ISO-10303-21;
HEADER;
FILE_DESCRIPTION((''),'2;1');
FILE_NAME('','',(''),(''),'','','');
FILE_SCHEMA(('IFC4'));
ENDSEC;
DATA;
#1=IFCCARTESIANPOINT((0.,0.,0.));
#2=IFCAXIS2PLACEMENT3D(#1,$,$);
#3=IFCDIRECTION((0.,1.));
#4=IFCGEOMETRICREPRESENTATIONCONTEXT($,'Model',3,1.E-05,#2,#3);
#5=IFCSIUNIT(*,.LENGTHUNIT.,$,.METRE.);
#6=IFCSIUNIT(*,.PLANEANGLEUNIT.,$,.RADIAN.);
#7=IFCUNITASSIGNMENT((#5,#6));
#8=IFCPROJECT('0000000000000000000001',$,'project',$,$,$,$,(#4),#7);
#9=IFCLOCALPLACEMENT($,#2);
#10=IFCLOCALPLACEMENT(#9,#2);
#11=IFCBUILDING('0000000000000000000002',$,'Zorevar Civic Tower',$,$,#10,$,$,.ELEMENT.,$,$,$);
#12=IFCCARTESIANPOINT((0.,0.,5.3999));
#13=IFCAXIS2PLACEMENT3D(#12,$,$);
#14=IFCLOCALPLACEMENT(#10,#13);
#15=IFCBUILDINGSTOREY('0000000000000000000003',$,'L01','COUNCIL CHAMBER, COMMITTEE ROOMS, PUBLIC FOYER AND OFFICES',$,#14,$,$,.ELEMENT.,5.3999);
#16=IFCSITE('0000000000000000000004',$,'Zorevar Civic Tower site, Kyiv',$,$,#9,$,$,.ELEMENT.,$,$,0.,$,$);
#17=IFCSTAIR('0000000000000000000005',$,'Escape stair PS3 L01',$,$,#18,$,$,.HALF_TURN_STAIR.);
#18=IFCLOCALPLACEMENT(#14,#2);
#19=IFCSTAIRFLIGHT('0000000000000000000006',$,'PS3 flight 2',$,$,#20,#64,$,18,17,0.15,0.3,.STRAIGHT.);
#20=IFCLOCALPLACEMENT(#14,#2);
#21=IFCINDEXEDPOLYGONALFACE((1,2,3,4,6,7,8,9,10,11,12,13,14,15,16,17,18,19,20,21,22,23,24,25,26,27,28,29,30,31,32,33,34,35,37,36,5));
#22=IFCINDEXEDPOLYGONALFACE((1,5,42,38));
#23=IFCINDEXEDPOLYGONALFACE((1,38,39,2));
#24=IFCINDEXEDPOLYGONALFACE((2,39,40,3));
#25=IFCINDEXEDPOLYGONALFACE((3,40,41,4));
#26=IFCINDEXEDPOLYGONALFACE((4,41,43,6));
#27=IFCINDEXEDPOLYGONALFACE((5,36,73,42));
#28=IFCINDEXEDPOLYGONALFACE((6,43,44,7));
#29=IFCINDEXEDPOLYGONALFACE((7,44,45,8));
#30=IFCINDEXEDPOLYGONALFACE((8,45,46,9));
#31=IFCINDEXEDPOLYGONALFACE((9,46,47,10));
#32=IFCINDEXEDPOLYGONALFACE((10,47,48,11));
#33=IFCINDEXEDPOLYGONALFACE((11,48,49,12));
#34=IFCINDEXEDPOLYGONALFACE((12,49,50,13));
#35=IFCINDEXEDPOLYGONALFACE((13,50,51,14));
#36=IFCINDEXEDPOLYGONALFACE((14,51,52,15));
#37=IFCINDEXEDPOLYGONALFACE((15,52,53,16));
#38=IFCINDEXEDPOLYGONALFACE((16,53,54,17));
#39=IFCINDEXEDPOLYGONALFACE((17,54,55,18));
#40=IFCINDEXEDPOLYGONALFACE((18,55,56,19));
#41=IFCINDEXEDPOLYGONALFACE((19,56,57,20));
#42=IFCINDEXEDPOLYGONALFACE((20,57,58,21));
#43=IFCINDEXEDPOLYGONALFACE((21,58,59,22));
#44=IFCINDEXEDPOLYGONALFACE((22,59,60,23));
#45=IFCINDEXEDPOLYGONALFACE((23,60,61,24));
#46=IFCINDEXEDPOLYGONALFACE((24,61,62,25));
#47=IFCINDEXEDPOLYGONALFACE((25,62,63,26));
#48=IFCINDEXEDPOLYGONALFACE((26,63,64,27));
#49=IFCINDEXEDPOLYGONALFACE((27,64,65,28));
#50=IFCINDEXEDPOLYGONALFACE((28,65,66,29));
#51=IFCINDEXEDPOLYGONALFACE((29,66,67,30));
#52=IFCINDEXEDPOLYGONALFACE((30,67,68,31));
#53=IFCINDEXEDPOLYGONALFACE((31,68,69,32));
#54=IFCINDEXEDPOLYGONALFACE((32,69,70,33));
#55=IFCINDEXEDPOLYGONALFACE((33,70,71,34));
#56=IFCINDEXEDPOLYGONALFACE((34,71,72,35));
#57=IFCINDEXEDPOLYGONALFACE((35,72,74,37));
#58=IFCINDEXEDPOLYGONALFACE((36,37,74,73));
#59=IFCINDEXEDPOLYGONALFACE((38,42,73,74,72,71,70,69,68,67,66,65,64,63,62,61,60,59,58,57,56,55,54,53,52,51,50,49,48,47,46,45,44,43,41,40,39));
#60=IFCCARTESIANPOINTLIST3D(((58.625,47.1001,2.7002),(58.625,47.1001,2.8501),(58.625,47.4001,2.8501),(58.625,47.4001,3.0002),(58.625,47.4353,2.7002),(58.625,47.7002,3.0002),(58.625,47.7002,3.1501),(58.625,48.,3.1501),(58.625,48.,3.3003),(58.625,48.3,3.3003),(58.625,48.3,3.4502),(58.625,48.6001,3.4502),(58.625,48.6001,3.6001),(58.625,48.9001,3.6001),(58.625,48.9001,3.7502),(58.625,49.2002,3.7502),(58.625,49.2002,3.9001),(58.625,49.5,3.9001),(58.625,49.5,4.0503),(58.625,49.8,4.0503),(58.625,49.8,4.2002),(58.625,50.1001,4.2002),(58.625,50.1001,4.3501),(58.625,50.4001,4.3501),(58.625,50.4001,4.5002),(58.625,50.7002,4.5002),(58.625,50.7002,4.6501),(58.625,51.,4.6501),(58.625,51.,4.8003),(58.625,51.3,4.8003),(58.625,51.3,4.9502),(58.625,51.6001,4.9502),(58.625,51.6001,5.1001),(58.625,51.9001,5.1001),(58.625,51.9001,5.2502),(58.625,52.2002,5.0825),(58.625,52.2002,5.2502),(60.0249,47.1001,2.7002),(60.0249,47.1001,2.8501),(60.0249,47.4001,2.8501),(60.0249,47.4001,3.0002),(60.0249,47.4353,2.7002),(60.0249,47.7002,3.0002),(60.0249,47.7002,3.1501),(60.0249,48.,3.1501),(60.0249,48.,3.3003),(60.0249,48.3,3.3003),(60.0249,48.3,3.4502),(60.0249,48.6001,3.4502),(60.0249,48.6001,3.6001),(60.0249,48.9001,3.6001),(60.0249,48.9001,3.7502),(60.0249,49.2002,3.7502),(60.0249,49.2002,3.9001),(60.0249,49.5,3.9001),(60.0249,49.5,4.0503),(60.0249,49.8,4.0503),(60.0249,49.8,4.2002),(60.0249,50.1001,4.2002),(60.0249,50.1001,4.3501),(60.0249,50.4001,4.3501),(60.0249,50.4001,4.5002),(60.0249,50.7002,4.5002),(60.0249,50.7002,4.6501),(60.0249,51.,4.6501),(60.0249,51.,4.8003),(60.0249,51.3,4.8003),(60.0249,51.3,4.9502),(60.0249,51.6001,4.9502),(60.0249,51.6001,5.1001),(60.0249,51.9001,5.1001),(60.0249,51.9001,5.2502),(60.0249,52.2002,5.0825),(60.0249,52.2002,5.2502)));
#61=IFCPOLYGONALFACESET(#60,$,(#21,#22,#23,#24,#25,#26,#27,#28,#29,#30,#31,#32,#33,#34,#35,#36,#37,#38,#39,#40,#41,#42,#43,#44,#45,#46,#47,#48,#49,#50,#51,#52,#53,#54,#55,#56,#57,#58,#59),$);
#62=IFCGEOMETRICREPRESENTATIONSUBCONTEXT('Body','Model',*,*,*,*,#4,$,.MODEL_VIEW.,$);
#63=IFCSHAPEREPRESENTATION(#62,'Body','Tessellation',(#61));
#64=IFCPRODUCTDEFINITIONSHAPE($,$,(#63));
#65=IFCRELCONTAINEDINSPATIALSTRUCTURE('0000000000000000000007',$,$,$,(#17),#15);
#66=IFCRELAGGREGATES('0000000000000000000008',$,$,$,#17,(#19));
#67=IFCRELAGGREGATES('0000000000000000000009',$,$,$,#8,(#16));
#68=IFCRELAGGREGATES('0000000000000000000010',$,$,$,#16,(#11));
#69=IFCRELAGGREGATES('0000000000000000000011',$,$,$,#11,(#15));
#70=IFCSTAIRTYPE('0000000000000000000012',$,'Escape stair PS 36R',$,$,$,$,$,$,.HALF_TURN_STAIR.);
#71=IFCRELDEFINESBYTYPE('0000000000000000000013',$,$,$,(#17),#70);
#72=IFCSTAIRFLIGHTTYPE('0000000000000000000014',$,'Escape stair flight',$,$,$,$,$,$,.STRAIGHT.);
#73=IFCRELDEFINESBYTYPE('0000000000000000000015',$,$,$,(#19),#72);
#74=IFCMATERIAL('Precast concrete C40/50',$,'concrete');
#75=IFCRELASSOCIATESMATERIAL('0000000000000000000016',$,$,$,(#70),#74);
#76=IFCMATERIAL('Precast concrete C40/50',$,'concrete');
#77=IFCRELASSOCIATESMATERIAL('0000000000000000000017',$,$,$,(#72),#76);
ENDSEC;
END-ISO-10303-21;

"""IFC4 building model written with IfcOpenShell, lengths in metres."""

from ifc_helpers import new_model, si_unit, direction, frame, origin, place, context, subcontext, project, spatial, polyline, outline, extrude, material, type_object, element, aggregate, save


model = new_model("IFC4")

# Units and contexts
model_context = context("Model", 3, precision=1e-05, world=origin(), true_north=direction((0.0, 1.0)))
body_context = subcontext(model_context, "Body", "Model", "MODEL_VIEW")
ifc_project = project(units=[si_unit("LENGTHUNIT", "METRE"), si_unit("PLANEANGLEUNIT", "RADIAN")], contexts=[model_context])

# Site, building, storey
site_placement = place(None, origin())
site = spatial("IfcSite", under=ifc_project, at=site_placement, Name="Zorevar Civic Tower site, Kyiv", CompositionType="ELEMENT", RefElevation=0.0)
building_placement = place(site_placement, origin())
building = spatial("IfcBuilding", under=site, at=building_placement, Name="Zorevar Civic Tower", CompositionType="ELEMENT")
storey_placement = place(building_placement, frame((0.0, 0.0, 5.3999)))
storey = spatial("IfcBuildingStorey", under=building, at=storey_placement, Name="L01", Description="COUNCIL CHAMBER, COMMITTEE ROOMS, PUBLIC FOYER AND OFFICES", CompositionType="ELEMENT", Elevation=5.3999)

# Stair, stair flight
ifc_material_1 = material(Name="Precast concrete C40/50", Category="concrete")
stair_type = type_object("IfcStairType", Name="Escape stair PS 36R", PredefinedType="HALF_TURN_STAIR", material=ifc_material_1)
stair_placement = place(storey_placement, origin())
stair = element("IfcStair", 1, at=stair_placement, inside=storey, type_object=stair_type, Name="Escape stair PS3 L01", PredefinedType="HALF_TURN_STAIR")
ifc_material_2 = material(Name="Precast concrete C40/50", Category="concrete")
stair_flight_type = type_object("IfcStairFlightType", Name="Escape stair flight", PredefinedType="STRAIGHT", material=ifc_material_2)
stair_flight_1_placement = place(storey_placement, frame((59.325, 47.1001, 2.7002), z_axis=(0.0, 0.0, 1.0), x_axis=(0.0, 1.0, 0.0)))
stair_flight_1 = element("IfcStairFlight", 2, at=stair_flight_1_placement, type_object=stair_flight_type, Name="PS3 flight 2", NumberOfRisers=18, NumberOfTreads=17, PredefinedType="STRAIGHT", RiserHeight=0.15, TreadLength=0.3, context=body_context, shape_type="SweptSolid", body=[
    extrude(outline(polyline([(0.0, 0.0), (0.0, 0.1499), (0.3, 0.1499), (0.3, 0.3), (0.6001, 0.3), (0.6001, 0.45), (0.8999, 0.45), (0.8999, 0.6001), (1.2, 0.6001), (1.2, 0.75), (1.5, 0.75), (1.5, 0.8999), (1.8, 0.8999), (1.8, 1.05), (2.1001, 1.05), (2.1001, 1.2), (2.3999, 1.2), (2.3999, 1.3501), (2.7, 1.3501), (2.7, 1.5), (3.0, 1.5), (3.0, 1.6499), (3.3, 1.6499), (3.3, 1.8), (3.6001, 1.8), (3.6001, 1.95), (3.8999, 1.95), (3.8999, 2.1001), (4.2, 2.1001), (4.2, 2.25), (4.5, 2.25), (4.5, 2.3999), (4.8, 2.3999), (4.8, 2.55), (5.1001, 2.55), (5.1001, 2.7), (5.1001, 2.3823), (0.3352, 0.0), (0.0, 0.0)])), frame((0.0, 0.7, 0.0), z_axis=(0.0, -1.0, 0.0), x_axis=(1.0, 0.0, 0.0)), (0.0, 0.0, 1.0), 1.3999),
])
aggregate(stair, [stair_flight_1])

save(model, "model.ifc")
